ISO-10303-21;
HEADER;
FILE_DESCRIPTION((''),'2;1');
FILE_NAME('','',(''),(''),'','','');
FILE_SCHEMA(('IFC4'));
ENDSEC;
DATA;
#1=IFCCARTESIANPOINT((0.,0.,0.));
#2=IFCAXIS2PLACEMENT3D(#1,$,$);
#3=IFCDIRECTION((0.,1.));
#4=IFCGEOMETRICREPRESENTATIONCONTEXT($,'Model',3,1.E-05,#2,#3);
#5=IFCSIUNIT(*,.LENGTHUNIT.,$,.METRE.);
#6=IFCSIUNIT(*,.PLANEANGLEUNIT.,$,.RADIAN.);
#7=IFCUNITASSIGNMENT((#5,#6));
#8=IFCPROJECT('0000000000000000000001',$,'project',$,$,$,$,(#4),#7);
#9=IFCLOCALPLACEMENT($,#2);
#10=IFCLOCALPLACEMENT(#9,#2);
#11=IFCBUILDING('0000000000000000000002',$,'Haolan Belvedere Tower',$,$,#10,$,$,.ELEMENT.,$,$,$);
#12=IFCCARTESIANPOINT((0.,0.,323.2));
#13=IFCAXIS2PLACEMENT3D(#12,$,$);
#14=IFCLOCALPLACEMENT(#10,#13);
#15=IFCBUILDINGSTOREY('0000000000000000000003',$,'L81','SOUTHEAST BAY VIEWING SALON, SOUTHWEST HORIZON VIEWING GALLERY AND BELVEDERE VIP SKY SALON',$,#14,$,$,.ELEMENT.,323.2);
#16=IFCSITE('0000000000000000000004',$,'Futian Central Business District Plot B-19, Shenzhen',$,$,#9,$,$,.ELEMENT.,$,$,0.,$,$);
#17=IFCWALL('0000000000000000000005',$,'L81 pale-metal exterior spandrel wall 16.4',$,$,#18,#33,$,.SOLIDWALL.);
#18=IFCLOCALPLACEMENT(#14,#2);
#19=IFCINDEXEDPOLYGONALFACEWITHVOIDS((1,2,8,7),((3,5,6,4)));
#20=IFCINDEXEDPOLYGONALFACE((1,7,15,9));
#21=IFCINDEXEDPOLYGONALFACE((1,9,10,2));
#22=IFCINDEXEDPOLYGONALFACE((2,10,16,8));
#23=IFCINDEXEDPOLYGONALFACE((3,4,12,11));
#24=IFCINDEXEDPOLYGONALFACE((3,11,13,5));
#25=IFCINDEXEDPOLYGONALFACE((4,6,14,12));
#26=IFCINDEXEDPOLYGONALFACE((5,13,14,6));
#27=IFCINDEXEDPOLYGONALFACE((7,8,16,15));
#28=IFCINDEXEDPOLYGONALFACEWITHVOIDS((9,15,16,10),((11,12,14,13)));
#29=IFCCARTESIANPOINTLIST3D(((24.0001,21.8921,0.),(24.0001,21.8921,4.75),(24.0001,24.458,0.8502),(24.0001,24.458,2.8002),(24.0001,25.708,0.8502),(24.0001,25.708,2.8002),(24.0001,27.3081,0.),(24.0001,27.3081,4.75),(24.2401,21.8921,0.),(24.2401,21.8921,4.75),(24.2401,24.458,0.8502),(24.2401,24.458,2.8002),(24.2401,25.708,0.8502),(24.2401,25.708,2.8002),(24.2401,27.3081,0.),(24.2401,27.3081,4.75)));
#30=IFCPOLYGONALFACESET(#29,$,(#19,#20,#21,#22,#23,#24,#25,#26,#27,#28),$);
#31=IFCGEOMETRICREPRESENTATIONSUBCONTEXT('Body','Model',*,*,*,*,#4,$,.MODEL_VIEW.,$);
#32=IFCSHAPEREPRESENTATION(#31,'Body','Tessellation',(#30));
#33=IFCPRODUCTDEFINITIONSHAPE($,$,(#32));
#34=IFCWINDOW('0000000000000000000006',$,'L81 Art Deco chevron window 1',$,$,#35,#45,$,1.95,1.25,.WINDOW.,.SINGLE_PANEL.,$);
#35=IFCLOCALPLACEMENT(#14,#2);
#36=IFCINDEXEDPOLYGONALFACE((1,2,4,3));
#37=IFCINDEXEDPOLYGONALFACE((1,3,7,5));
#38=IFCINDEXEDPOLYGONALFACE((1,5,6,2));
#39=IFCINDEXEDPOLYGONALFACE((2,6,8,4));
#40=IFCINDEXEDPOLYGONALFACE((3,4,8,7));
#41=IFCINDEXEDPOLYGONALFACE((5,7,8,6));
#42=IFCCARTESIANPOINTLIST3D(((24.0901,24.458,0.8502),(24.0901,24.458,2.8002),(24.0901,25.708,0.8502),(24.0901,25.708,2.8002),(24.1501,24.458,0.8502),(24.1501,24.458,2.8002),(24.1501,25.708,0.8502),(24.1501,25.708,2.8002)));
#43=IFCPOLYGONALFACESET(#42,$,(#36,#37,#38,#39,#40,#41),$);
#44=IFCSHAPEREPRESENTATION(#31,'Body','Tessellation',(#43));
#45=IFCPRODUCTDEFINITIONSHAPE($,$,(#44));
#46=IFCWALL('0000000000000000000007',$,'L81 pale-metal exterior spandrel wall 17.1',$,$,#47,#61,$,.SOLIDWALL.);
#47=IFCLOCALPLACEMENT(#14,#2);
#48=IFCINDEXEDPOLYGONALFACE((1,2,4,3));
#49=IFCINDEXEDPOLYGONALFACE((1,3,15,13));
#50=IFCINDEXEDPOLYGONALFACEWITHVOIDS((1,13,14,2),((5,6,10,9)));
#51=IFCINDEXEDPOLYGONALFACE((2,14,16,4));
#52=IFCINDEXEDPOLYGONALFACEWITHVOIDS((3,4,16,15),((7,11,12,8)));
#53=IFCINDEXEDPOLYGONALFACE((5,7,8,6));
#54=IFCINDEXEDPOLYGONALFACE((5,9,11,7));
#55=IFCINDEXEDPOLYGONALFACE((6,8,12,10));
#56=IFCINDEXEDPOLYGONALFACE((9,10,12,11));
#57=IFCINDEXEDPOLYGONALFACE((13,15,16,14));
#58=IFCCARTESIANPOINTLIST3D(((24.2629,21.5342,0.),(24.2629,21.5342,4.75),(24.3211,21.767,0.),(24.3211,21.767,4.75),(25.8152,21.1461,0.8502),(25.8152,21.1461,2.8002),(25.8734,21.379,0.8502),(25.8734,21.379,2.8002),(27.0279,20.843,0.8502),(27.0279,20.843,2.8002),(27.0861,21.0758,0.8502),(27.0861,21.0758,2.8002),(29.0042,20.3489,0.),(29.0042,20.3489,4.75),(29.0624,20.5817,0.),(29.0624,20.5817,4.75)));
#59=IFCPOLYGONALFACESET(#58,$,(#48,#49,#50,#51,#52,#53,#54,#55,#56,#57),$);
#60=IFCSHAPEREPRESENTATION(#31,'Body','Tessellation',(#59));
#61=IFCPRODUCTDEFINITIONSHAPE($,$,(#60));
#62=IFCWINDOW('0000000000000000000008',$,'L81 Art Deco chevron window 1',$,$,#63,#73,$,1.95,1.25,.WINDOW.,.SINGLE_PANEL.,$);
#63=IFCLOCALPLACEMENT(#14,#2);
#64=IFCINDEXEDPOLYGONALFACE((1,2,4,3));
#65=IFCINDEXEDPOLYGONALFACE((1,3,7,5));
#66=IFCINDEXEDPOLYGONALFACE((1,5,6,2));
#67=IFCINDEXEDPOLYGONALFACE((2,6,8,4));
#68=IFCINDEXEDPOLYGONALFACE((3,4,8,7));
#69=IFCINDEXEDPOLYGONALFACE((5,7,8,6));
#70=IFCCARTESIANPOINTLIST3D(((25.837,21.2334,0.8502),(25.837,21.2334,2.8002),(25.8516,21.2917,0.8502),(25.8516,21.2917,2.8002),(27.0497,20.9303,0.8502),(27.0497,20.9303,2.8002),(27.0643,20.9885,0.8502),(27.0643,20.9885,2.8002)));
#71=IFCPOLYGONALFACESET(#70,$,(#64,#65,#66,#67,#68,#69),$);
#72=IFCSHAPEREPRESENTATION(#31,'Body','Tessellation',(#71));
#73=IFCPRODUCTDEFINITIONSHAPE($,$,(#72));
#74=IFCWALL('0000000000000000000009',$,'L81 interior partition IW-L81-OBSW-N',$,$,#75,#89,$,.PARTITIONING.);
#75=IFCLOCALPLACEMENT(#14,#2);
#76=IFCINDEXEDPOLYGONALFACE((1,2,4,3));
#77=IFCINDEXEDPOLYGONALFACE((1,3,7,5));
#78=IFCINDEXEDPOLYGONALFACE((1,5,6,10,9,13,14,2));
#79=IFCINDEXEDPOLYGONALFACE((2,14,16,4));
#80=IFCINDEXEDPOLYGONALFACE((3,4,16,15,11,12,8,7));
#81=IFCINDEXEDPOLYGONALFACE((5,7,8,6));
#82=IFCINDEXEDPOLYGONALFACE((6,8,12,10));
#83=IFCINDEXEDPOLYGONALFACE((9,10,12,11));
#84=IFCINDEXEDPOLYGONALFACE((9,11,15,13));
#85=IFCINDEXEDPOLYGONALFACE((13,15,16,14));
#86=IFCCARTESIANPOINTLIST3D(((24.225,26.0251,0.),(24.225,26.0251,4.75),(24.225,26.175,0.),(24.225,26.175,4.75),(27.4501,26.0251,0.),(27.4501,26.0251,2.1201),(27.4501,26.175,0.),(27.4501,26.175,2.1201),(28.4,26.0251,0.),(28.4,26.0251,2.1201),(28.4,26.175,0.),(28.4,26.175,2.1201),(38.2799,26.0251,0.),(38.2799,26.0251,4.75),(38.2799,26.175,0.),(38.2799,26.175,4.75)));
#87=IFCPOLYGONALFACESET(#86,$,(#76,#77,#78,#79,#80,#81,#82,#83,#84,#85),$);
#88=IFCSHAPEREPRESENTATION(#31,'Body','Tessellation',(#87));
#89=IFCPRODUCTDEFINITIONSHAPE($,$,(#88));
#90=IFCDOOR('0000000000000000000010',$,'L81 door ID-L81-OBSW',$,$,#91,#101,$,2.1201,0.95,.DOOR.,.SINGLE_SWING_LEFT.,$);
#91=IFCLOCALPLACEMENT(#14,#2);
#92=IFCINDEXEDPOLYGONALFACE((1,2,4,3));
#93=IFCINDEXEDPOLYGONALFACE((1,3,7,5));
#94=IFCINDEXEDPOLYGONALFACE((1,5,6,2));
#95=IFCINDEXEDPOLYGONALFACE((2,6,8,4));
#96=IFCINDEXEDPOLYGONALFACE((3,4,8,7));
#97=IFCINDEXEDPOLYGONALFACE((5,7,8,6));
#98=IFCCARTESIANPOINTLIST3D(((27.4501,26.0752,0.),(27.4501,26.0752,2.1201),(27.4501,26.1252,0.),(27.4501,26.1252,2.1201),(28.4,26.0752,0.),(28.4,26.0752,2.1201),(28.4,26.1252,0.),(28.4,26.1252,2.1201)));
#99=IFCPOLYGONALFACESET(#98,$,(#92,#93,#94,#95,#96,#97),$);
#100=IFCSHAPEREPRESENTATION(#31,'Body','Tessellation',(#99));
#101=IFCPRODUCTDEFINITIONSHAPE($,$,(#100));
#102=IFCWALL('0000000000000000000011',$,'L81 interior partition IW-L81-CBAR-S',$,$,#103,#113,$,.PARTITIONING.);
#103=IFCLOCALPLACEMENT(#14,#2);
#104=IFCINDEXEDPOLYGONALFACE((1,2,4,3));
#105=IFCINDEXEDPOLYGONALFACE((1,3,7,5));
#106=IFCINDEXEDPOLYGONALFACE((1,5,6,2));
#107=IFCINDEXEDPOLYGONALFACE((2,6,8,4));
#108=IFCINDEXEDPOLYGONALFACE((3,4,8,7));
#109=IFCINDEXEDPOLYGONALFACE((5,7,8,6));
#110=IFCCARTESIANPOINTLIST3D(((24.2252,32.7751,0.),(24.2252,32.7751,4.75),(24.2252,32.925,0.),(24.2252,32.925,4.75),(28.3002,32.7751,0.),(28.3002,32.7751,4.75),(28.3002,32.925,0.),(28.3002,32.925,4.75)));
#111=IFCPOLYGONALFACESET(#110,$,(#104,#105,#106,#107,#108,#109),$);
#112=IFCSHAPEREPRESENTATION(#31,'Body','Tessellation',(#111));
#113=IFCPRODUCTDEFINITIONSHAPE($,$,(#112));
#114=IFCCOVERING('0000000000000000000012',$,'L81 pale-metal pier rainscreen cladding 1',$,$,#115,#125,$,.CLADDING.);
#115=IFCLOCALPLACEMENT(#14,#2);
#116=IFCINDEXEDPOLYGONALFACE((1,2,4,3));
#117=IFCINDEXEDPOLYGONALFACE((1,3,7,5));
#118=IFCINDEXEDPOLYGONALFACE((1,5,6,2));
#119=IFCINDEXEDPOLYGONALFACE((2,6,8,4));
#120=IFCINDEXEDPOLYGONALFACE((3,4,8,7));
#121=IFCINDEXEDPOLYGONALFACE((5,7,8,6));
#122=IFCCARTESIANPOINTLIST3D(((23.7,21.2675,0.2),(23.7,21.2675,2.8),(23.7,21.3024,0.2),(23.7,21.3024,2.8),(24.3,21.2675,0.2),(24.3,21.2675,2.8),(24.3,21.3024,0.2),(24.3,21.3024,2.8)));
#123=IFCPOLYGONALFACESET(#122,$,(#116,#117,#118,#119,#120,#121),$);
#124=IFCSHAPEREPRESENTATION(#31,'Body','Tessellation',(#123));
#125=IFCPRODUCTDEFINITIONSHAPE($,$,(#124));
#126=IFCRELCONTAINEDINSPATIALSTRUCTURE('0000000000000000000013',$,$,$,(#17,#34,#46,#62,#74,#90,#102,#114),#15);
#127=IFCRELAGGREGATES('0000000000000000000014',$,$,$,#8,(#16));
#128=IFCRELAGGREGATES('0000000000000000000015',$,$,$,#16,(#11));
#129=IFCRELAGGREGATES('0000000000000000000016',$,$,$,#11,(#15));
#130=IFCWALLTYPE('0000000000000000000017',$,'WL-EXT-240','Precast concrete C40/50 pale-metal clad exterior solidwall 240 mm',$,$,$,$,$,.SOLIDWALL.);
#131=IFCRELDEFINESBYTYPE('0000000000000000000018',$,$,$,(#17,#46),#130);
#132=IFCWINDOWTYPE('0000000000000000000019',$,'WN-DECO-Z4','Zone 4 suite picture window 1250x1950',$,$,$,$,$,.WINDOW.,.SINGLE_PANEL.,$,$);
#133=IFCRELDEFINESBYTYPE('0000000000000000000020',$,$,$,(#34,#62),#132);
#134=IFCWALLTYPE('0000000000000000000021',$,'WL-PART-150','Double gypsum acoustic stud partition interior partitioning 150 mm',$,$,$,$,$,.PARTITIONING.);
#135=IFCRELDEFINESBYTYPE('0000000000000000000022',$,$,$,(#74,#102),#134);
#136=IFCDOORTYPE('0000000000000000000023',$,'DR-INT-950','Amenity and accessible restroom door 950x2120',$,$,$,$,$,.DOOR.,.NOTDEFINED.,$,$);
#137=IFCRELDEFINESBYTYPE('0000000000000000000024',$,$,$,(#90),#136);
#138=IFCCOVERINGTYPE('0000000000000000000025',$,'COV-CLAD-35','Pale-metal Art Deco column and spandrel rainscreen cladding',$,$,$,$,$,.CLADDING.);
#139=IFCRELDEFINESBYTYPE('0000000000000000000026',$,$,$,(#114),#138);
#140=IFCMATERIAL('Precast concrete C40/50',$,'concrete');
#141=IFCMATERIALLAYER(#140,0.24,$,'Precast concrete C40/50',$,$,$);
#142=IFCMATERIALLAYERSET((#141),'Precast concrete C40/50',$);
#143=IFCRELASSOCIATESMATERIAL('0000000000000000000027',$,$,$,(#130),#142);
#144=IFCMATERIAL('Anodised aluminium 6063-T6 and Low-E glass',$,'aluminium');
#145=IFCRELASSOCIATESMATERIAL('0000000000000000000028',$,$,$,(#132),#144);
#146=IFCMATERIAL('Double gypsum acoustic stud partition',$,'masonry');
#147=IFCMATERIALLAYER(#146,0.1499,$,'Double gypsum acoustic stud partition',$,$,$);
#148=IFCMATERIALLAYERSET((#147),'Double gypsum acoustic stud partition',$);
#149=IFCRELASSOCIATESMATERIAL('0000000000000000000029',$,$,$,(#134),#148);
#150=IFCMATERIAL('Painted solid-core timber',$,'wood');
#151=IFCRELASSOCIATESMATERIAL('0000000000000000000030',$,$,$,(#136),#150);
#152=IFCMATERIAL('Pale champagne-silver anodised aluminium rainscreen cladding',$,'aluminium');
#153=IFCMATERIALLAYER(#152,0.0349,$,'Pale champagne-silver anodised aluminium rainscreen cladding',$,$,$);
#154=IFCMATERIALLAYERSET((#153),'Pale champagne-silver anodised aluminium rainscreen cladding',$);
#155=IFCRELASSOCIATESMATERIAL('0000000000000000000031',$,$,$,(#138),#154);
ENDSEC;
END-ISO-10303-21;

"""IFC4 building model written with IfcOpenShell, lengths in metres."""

from ifc_helpers import new_model, si_unit, direction, frame, frame_2d, origin, origin_2d, place, context, subcontext, project, spatial, rectangle, extrude, material, layer, layer_set, type_object, element, fill, save


model = new_model("IFC4")

# Units and contexts
model_context = context("Model", 3, precision=1e-05, world=origin(), true_north=direction((0.0, 1.0)))
body_context = subcontext(model_context, "Body", "Model", "MODEL_VIEW")
ifc_project = project(units=[si_unit("LENGTHUNIT", "METRE"), si_unit("PLANEANGLEUNIT", "RADIAN")], contexts=[model_context])

# Site, building, storey
site_placement = place(None, origin())
site = spatial("IfcSite", under=ifc_project, at=site_placement, Name="Futian Central Business District Plot B-19, Shenzhen", CompositionType="ELEMENT", RefElevation=0.0)
building_placement = place(site_placement, origin())
building = spatial("IfcBuilding", under=site, at=building_placement, Name="Haolan Belvedere Tower", CompositionType="ELEMENT")
storey_placement = place(building_placement, frame((0.0, 0.0, 323.2)))
storey = spatial("IfcBuildingStorey", under=building, at=storey_placement, Name="L81", Description="SOUTHEAST BAY VIEWING SALON, SOUTHWEST HORIZON VIEWING GALLERY AND BELVEDERE VIP SKY SALON", CompositionType="ELEMENT", Elevation=323.2)

# Walls, openings, windows
ifc_material_1 = material(Name="Precast concrete C40/50", Category="concrete")
ifc_layer_1 = layer(ifc_material_1, 0.24, Name="Precast concrete C40/50")
ifc_layer_set_1 = layer_set([ifc_layer_1], Name="Precast concrete C40/50")
wall_type_1 = type_object("IfcWallType", Name="WL-EXT-240", Description="Precast concrete C40/50 pale-metal clad exterior solidwall 240 mm", PredefinedType="SOLIDWALL", material=ifc_layer_set_1)
wall_1_placement = place(storey_placement, frame((24.1201, 27.3081, 0.0), z_axis=(0.0, 0.0, 1.0), x_axis=(0.0, -1.0, 0.0)))
wall_1 = element("IfcWall", 1, at=wall_1_placement, inside=storey, type_object=wall_type_1, Name="L81 pale-metal exterior spandrel wall 16.4", PredefinedType="SOLIDWALL", context=body_context, shape_type="SweptSolid", body=[
    extrude(rectangle(XDim=5.416, YDim=0.24, at=frame_2d((2.708, 0.0))), origin(), (0.0, 0.0, 1.0), 4.75),
])
opening_1_placement = place(wall_1_placement, frame((1.6001, 0.0, 0.8501)))
opening_1 = element("IfcOpeningElement", 2, at=opening_1_placement, cuts=wall_1, PredefinedType="OPENING", context=body_context, shape_type="SweptSolid", body=[
    extrude(rectangle(XDim=1.25, YDim=1.95, at=frame_2d((0.625, 0.9751))), frame((0.0, 0.1299, 0.0), z_axis=(0.0, -1.0, 0.0), x_axis=(1.0, 0.0, 0.0)), (0.0, 0.0, 1.0), 0.26),
])
ifc_material_2 = material(Name="Anodised aluminium 6063-T6 and Low-E glass", Category="aluminium")
window_type = type_object("IfcWindowType", Name="WN-DECO-Z4", Description="Zone 4 suite picture window 1250x1950", PartitioningType="SINGLE_PANEL", PredefinedType="WINDOW", material=ifc_material_2)
window_1_placement = place(opening_1_placement, origin())
window_1 = element("IfcWindow", 3, at=window_1_placement, inside=storey, type_object=window_type, Name="L81 Art Deco chevron window 1", OverallHeight=1.95, OverallWidth=1.25, PartitioningType="SINGLE_PANEL", PredefinedType="WINDOW", context=body_context, shape_type="SweptSolid", body=[
    extrude(rectangle(XDim=1.25, YDim=1.95, at=frame_2d((0.625, 0.9751))), frame((0.0, 0.03, 0.0), z_axis=(0.0, -1.0, 0.0), x_axis=(1.0, 0.0, 0.0)), (0.0, 0.0, 1.0), 0.0601),
])
fill(opening_1, window_1)
wall_2_placement = place(storey_placement, frame((24.292, 21.6506, 0.0), z_axis=(0.0, 0.0, 1.0), x_axis=(0.970143, -0.242536, 0.0)))
wall_2 = element("IfcWall", 4, at=wall_2_placement, inside=storey, type_object=wall_type_1, Name="L81 pale-metal exterior spandrel wall 17.1", PredefinedType="SOLIDWALL", context=body_context, shape_type="SweptSolid", body=[
    extrude(rectangle(XDim=4.8872, YDim=0.24, at=frame_2d((2.4436, 0.0))), origin(), (0.0, 0.0, 1.0), 4.75),
])
opening_2_placement = place(wall_2_placement, frame((1.6001, 0.0, 0.8501)))
opening_2 = element("IfcOpeningElement", 5, at=opening_2_placement, cuts=wall_2, PredefinedType="OPENING", context=body_context, shape_type="SweptSolid", body=[
    extrude(rectangle(XDim=1.25, YDim=1.95, at=frame_2d((0.625, 0.9751))), frame((0.0, 0.1299, 0.0), z_axis=(0.0, -1.0, 0.0), x_axis=(1.0, 0.0, 0.0)), (0.0, 0.0, 1.0), 0.26),
])
window_2_placement = place(opening_2_placement, origin())
window_2 = element("IfcWindow", 6, at=window_2_placement, inside=storey, type_object=window_type, Name="L81 Art Deco chevron window 1", OverallHeight=1.95, OverallWidth=1.25, PartitioningType="SINGLE_PANEL", PredefinedType="WINDOW", context=body_context, shape_type="SweptSolid", body=[
    extrude(rectangle(XDim=1.25, YDim=1.95, at=frame_2d((0.625, 0.9751))), frame((0.0, 0.03, 0.0), z_axis=(0.0, -1.0, 0.0), x_axis=(1.0, 0.0, 0.0)), (0.0, 0.0, 1.0), 0.0601),
])
fill(opening_2, window_2)

# Wall, opening, door
ifc_material_3 = material(Name="Double gypsum acoustic stud partition", Category="masonry")
ifc_layer_2 = layer(ifc_material_3, 0.1499, Name="Double gypsum acoustic stud partition")
ifc_layer_set_2 = layer_set([ifc_layer_2], Name="Double gypsum acoustic stud partition")
wall_type_2 = type_object("IfcWallType", Name="WL-PART-150", Description="Double gypsum acoustic stud partition interior partitioning 150 mm", PredefinedType="PARTITIONING", material=ifc_layer_set_2)
wall_3_placement = place(storey_placement, frame((24.2251, 26.1001, 0.0), z_axis=(0.0, 0.0, 1.0), x_axis=(1.0, 0.0, 0.0)))
wall_3 = element("IfcWall", 7, at=wall_3_placement, inside=storey, type_object=wall_type_2, Name="L81 interior partition IW-L81-OBSW-N", PredefinedType="PARTITIONING", context=body_context, shape_type="SweptSolid", body=[
    extrude(rectangle(XDim=14.0549, YDim=0.1499, at=frame_2d((7.0273, 0.0))), origin(), (0.0, 0.0, 1.0), 4.75),
])
opening_3_placement = place(wall_3_placement, frame((4.175, 0.0, 0.0), z_axis=(0.0, 0.0, 1.0), x_axis=(-1.0, 0.0, 0.0)))
opening_3 = element("IfcOpeningElement", 8, at=opening_3_placement, cuts=wall_3, PredefinedType="OPENING", context=body_context, shape_type="SweptSolid", body=[
    extrude(rectangle(XDim=0.95, YDim=2.1201, at=frame_2d((0.4751, 1.0601))), frame((0.0, 0.085, 0.0), z_axis=(0.0, -1.0, 0.0), x_axis=(1.0, 0.0, 0.0)), (0.0, 0.0, 1.0), 0.1699),
])
ifc_material_4 = material(Name="Painted solid-core timber", Category="wood")
door_type = type_object("IfcDoorType", Name="DR-INT-950", Description="Amenity and accessible restroom door 950x2120", OperationType="NOTDEFINED", PredefinedType="DOOR", material=ifc_material_4)
door_placement = place(opening_3_placement, origin())
door = element("IfcDoor", 9, at=door_placement, inside=storey, type_object=door_type, Name="L81 door ID-L81-OBSW", OperationType="SINGLE_SWING_LEFT", OverallHeight=2.1201, OverallWidth=0.95, PredefinedType="DOOR", context=body_context, shape_type="SweptSolid", body=[
    extrude(rectangle(XDim=0.95, YDim=2.1201, at=frame_2d((0.4751, 1.0601))), frame((0.0, 0.0249, 0.0), z_axis=(0.0, -1.0, 0.0), x_axis=(1.0, 0.0, 0.0)), (0.0, 0.0, 1.0), 0.05),
])
fill(opening_3, door)

# Wall
wall_4_placement = place(storey_placement, frame((24.2251, 32.8501, 0.0), z_axis=(0.0, 0.0, 1.0), x_axis=(1.0, 0.0, 0.0)))
element("IfcWall", 10, at=wall_4_placement, inside=storey, type_object=wall_type_2, Name="L81 interior partition IW-L81-CBAR-S", PredefinedType="PARTITIONING", context=body_context, shape_type="SweptSolid", body=[
    extrude(rectangle(XDim=4.075, YDim=0.1499, at=frame_2d((2.0376, 0.0))), origin(), (0.0, 0.0, 1.0), 4.75),
])

# Covering
ifc_material_5 = material(Name="Pale champagne-silver anodised aluminium rainscreen cladding", Category="aluminium")
ifc_layer_3 = layer(ifc_material_5, 0.0349, Name="Pale champagne-silver anodised aluminium rainscreen cladding")
ifc_layer_set_3 = layer_set([ifc_layer_3], Name="Pale champagne-silver anodised aluminium rainscreen cladding")
covering_type = type_object("IfcCoveringType", Name="COV-CLAD-35", Description="Pale-metal Art Deco column and spandrel rainscreen cladding", PredefinedType="CLADDING", material=ifc_layer_set_3)
covering_placement = place(storey_placement, frame((24.0, 21.2849, 0.2), z_axis=(0.0, 0.0, 1.0), x_axis=(1.0, 0.0, 0.0)))
element("IfcCovering", 11, at=covering_placement, inside=storey, type_object=covering_type, Name="L81 pale-metal pier rainscreen cladding 1", PredefinedType="CLADDING", context=body_context, shape_type="SweptSolid", body=[
    extrude(rectangle(XDim=0.6001, YDim=0.0349, at=origin_2d()), origin(), (0.0, 0.0, 1.0), 2.6001),
])

save(model, "model.ifc")
